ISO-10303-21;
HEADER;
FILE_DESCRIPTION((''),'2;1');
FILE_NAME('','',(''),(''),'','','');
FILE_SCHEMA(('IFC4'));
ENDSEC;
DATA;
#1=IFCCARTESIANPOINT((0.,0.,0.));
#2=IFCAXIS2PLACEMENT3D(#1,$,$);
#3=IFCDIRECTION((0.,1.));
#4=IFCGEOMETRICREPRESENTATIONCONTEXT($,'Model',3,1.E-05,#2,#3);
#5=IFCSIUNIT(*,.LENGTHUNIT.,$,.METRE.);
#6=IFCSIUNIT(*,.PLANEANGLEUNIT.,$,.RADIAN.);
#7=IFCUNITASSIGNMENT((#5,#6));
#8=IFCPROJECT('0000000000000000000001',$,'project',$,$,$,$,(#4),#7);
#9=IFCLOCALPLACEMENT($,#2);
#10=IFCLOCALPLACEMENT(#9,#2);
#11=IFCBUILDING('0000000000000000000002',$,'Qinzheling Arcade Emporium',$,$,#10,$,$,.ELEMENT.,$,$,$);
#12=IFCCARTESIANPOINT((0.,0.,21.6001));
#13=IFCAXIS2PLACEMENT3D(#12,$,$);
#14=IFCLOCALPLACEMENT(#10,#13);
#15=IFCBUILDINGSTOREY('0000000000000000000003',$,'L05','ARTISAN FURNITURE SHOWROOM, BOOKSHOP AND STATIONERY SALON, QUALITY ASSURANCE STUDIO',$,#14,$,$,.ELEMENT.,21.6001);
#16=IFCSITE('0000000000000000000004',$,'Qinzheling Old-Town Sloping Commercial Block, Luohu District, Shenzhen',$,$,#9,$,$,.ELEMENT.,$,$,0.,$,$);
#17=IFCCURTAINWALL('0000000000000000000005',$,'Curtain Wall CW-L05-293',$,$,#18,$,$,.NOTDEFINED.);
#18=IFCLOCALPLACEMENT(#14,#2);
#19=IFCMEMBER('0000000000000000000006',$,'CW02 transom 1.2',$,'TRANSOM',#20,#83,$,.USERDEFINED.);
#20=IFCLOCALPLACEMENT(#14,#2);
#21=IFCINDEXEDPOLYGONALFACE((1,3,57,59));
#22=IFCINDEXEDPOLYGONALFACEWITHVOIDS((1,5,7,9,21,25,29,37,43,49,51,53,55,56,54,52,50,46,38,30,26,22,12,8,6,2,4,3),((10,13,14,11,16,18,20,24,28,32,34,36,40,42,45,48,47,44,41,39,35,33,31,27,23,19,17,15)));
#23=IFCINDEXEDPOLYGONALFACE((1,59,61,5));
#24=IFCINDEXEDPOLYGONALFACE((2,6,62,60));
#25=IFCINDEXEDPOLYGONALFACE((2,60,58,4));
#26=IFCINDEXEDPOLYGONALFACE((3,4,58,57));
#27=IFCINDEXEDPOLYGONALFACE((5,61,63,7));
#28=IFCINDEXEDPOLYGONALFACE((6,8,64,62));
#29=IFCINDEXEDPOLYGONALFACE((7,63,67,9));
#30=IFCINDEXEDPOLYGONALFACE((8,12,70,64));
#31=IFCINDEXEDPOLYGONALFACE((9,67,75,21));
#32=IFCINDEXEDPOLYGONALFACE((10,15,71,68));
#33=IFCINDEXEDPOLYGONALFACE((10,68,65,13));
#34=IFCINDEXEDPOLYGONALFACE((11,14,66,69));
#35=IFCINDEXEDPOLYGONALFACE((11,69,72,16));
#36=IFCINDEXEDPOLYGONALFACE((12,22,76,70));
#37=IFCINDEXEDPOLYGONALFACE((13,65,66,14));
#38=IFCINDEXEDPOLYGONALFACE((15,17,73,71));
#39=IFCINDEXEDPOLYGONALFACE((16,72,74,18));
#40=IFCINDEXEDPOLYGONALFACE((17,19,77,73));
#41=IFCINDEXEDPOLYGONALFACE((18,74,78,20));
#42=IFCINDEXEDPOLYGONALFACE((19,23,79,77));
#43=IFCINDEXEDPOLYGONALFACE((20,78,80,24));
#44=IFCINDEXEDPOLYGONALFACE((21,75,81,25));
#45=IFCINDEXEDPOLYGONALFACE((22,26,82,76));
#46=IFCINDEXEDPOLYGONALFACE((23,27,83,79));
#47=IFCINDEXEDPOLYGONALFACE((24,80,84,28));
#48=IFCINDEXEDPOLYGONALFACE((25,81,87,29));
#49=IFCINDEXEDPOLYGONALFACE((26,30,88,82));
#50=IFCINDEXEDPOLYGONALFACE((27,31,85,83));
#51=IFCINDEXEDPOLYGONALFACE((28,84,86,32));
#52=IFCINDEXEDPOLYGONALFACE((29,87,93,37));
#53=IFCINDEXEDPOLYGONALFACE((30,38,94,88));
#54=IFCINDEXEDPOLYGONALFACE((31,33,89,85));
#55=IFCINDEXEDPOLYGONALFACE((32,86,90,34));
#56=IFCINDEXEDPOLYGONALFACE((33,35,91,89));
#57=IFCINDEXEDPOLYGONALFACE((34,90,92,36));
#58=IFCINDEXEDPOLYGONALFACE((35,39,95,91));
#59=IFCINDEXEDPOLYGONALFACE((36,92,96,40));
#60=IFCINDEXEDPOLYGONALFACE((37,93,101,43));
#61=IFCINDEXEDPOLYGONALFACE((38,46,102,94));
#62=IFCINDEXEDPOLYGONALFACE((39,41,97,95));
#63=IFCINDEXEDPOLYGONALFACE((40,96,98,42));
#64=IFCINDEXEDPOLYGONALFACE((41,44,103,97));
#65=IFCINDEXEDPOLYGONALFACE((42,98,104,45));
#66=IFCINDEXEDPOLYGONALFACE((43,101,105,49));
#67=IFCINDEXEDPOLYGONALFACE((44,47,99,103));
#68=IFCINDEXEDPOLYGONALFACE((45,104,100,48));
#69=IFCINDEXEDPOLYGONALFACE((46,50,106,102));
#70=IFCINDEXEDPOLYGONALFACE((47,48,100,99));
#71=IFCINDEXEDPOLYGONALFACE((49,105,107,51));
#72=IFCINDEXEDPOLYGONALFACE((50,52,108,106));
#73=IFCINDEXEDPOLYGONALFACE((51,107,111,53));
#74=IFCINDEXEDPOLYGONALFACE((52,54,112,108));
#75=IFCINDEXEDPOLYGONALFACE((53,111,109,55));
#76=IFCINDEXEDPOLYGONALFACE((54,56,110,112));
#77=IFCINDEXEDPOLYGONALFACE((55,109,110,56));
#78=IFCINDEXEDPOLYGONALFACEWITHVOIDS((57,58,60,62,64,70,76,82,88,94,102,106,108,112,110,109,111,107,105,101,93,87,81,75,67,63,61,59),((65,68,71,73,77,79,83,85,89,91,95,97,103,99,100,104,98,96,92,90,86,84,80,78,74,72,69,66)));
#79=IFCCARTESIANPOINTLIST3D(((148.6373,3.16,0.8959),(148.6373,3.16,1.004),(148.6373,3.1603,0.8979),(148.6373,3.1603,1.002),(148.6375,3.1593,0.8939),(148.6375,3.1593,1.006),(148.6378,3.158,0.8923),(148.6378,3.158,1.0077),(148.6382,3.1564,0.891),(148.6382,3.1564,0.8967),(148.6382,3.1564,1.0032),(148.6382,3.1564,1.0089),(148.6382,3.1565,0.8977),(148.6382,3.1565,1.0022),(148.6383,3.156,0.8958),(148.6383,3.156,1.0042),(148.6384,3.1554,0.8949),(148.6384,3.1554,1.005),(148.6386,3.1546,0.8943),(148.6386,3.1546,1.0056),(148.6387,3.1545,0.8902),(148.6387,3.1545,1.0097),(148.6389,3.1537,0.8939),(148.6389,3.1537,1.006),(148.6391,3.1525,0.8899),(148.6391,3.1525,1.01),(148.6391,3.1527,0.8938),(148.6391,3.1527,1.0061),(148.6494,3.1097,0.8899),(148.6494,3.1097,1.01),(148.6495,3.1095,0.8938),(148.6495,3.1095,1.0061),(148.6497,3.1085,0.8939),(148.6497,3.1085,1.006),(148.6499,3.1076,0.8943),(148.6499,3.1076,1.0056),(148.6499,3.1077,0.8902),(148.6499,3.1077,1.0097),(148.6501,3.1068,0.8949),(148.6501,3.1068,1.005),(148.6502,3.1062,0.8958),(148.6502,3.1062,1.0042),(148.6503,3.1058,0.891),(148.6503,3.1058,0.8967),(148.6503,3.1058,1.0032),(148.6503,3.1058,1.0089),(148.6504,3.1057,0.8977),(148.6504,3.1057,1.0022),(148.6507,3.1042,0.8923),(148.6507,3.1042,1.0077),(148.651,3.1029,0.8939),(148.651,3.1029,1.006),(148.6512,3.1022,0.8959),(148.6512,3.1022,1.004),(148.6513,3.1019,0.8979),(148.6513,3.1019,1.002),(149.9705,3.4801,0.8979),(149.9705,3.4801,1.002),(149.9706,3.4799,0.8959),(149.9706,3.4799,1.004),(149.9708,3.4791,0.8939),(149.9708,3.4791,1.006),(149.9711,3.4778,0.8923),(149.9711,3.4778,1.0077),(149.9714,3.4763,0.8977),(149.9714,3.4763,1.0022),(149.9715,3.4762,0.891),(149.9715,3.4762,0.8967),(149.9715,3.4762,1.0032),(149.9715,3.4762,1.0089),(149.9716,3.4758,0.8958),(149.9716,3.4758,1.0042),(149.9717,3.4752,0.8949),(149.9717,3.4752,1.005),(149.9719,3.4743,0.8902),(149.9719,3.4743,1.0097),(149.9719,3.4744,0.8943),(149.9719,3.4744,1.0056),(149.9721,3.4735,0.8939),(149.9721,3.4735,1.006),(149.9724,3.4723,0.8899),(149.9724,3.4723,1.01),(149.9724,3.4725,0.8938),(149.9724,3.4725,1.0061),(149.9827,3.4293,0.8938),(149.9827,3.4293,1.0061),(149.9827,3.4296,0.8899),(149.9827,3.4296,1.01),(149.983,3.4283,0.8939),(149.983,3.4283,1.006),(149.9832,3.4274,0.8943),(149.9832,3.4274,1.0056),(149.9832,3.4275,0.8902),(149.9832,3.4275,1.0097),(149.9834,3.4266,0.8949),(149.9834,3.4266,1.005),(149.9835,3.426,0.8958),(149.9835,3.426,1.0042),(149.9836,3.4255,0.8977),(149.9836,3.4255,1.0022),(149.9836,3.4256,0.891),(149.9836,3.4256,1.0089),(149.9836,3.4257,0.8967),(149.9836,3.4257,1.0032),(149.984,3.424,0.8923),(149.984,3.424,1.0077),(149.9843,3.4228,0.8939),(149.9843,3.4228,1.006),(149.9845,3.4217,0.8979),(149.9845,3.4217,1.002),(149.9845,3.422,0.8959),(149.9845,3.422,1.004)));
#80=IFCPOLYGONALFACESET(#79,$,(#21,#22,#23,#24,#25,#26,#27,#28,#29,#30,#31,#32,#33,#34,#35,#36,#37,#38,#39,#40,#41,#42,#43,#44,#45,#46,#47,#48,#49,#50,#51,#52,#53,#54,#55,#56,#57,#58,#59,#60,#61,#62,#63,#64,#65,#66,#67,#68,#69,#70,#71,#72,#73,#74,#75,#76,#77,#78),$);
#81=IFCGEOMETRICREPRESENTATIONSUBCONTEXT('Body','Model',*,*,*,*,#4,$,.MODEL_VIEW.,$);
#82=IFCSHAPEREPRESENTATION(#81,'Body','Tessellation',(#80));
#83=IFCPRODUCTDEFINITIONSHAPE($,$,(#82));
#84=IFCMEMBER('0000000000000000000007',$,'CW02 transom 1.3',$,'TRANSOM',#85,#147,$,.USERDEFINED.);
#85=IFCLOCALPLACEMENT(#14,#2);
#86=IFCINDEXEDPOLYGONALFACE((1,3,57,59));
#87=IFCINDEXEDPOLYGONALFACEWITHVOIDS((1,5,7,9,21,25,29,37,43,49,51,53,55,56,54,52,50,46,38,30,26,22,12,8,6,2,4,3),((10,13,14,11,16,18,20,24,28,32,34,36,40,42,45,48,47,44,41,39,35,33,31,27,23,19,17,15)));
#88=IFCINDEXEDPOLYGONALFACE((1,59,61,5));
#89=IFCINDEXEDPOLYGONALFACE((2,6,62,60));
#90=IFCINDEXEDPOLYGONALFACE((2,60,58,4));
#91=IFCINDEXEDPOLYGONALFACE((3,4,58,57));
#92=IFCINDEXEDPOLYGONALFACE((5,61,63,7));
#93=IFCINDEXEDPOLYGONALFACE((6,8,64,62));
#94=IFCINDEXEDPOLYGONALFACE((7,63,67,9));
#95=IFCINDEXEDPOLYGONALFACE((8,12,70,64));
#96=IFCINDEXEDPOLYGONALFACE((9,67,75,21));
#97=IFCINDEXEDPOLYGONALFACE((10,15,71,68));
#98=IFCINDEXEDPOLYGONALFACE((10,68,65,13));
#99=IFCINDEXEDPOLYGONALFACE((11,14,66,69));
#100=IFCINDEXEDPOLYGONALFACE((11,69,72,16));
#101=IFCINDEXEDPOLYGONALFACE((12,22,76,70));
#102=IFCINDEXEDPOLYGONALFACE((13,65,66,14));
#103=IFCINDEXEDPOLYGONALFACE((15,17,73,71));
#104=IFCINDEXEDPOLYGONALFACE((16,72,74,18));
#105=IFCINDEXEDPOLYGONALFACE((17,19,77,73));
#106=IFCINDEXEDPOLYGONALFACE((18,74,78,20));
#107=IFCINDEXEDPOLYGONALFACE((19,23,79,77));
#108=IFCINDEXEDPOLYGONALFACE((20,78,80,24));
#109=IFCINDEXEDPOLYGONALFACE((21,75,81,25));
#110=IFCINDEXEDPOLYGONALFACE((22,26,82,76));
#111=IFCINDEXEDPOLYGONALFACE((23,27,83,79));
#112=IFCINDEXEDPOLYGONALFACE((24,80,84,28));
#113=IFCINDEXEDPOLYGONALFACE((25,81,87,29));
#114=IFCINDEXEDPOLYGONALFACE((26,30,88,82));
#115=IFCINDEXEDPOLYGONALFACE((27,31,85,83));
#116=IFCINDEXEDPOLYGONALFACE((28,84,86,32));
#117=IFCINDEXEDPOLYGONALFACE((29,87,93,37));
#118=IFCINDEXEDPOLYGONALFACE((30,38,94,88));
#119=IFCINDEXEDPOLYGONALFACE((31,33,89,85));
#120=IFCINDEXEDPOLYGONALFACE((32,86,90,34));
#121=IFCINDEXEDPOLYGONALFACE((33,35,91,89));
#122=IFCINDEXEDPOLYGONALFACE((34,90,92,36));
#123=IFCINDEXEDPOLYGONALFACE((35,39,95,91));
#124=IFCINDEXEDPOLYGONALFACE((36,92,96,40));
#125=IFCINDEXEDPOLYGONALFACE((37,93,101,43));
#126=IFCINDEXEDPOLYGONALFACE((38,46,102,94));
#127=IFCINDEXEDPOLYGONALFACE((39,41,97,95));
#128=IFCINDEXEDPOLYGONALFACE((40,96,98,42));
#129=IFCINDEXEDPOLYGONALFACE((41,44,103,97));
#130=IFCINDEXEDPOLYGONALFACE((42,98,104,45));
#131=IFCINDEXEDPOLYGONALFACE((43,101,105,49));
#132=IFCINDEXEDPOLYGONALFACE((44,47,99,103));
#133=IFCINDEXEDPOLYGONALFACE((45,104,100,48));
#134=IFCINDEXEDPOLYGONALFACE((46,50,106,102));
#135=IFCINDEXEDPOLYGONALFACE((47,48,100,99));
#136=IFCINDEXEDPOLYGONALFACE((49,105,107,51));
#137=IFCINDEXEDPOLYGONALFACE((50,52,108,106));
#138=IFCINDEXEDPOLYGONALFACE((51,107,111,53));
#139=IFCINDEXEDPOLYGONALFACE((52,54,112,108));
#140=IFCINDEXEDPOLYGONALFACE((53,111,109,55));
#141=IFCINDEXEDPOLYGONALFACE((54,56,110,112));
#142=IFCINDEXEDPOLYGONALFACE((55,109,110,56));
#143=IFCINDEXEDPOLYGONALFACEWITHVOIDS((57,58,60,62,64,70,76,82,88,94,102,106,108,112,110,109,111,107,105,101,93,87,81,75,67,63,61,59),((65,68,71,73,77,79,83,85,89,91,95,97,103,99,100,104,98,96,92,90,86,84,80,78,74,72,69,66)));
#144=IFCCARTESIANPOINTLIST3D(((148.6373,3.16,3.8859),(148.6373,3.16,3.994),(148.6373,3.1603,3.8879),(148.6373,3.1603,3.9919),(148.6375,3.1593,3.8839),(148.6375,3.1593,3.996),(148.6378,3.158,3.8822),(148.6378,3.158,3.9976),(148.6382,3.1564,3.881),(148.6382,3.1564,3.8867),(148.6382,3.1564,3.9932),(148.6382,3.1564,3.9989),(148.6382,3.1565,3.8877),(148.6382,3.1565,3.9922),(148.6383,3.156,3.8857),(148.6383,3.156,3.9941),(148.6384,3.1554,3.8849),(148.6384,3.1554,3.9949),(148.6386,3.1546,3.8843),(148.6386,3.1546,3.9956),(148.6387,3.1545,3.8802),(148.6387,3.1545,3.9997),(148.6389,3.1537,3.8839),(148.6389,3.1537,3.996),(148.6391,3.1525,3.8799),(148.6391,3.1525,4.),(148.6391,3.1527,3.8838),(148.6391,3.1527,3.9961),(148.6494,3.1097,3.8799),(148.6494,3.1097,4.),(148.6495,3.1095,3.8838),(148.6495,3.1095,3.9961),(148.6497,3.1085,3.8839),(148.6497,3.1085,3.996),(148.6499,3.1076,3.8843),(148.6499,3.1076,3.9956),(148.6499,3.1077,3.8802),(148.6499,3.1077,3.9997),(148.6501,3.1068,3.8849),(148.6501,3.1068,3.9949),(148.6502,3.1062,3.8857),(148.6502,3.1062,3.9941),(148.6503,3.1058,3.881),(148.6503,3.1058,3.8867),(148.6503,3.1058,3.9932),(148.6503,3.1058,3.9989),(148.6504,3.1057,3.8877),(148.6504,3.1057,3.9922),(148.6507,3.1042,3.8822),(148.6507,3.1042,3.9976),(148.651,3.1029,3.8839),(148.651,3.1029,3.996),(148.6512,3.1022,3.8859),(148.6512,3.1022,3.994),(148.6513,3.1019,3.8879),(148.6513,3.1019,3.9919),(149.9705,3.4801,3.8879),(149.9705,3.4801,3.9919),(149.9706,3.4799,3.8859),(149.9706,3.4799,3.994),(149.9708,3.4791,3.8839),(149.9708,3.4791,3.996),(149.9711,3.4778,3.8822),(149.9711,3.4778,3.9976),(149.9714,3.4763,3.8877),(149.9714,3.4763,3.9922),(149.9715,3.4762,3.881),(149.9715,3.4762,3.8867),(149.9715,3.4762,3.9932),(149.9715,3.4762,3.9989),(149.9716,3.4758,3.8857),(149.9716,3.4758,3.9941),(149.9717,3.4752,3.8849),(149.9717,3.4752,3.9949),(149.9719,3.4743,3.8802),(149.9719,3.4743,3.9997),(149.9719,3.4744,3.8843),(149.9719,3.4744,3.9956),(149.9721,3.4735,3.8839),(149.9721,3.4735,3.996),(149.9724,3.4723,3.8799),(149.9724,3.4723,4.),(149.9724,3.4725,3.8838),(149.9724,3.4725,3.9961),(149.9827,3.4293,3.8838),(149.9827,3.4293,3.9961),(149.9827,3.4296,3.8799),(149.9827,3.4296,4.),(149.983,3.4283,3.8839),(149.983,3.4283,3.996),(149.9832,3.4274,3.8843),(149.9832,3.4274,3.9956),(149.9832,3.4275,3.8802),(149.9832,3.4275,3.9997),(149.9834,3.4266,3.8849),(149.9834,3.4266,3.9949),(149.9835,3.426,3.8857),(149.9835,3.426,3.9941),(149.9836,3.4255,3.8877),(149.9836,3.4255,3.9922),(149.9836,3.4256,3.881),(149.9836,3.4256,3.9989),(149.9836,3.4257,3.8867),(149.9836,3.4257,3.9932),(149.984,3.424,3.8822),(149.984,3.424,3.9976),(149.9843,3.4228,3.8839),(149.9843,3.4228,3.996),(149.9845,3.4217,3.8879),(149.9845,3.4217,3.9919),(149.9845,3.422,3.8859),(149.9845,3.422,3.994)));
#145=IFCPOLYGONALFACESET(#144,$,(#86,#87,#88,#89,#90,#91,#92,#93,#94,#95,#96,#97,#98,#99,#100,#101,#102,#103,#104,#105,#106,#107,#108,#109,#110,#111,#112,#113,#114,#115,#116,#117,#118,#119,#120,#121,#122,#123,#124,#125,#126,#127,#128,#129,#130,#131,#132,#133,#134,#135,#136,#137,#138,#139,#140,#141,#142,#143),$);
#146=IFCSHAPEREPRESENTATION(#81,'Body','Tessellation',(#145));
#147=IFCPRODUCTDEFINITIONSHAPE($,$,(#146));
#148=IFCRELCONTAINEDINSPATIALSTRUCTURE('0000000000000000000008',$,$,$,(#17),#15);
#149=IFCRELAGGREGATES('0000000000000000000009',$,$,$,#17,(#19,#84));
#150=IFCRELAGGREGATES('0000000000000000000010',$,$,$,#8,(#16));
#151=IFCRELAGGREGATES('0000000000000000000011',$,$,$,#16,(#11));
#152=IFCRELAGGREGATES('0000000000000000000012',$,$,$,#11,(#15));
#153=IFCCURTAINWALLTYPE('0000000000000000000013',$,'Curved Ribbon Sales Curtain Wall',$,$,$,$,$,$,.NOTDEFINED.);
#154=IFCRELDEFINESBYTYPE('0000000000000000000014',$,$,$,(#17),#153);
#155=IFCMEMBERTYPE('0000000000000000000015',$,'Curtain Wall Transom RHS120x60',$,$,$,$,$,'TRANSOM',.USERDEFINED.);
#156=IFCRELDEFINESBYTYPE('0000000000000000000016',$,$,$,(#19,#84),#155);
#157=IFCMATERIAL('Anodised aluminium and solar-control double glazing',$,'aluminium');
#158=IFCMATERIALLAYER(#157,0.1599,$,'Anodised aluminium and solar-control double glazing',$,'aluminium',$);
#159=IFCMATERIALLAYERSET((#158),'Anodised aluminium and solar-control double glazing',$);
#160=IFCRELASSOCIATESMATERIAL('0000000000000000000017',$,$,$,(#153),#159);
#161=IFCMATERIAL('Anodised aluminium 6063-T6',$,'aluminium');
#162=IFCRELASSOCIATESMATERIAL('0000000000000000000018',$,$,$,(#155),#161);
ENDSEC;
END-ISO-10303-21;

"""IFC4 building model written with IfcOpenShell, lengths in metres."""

from ifc_helpers import new_model, si_unit, direction, frame, origin, origin_2d, place, context, subcontext, project, spatial, hollow_rectangle, extrude, material, layer, layer_set, material_profile, profile_set, type_object, element, aggregate, save


model = new_model("IFC4")

# Units and contexts
model_context = context("Model", 3, precision=1e-05, world=origin(), true_north=direction((0.0, 1.0)))
body_context = subcontext(model_context, "Body", "Model", "MODEL_VIEW")
ifc_project = project(units=[si_unit("LENGTHUNIT", "METRE"), si_unit("PLANEANGLEUNIT", "RADIAN")], contexts=[model_context])

# Site, building, storey
site_placement = place(None, origin())
site = spatial("IfcSite", under=ifc_project, at=site_placement, Name="Qinzheling Old-Town Sloping Commercial Block, Luohu District, Shenzhen", CompositionType="ELEMENT", RefElevation=0.0)
building_placement = place(site_placement, origin())
building = spatial("IfcBuilding", under=site, at=building_placement, Name="Qinzheling Arcade Emporium", CompositionType="ELEMENT")
storey_placement = place(building_placement, frame((0.0, 0.0, 21.6001)))
storey = spatial("IfcBuildingStorey", under=building, at=storey_placement, Name="L05", Description="ARTISAN FURNITURE SHOWROOM, BOOKSHOP AND STATIONERY SALON, QUALITY ASSURANCE STUDIO", CompositionType="ELEMENT", Elevation=21.6001)

# Shared definitions
ifc_material_1 = material(Name="Anodised aluminium and solar-control double glazing", Category="aluminium")
ifc_layer_1 = layer(ifc_material_1, 0.1599, Name="Anodised aluminium and solar-control double glazing", Category="aluminium")
ifc_layer_set_1 = layer_set([ifc_layer_1], Name="Anodised aluminium and solar-control double glazing")
curtain_wall_type = type_object("IfcCurtainWallType", Name="Curved Ribbon Sales Curtain Wall", PredefinedType="NOTDEFINED", material=ifc_layer_set_1)
ifc_material_2 = material(Name="Anodised aluminium 6063-T6", Category="aluminium")

# Curtain wall
curtain_wall_1_placement = place(storey_placement, origin())
curtain_wall_1 = element("IfcCurtainWall", 1, at=curtain_wall_1_placement, inside=storey, type_object=curtain_wall_type, Name="Curtain Wall CW-L05-293", PredefinedType="NOTDEFINED")

# Members
ifc_material_profile_1 = material_profile(ifc_material_2, hollow_rectangle(XDim=0.0601, YDim=0.1201, WallThickness=0.0039, InnerFilletRadius=0.0039, OuterFilletRadius=0.0081, at=origin_2d()), Name="RHS 120x60x4", Category="aluminium")
ifc_profile_set_1 = profile_set([ifc_material_profile_1], Name="Anodised aluminium 6063-T6")
member_type_1 = type_object("IfcMemberType", Name="Curtain Wall Transom RHS120x60", ElementType="TRANSOM", PredefinedType="USERDEFINED", material=ifc_profile_set_1)
member_1_placement = place(storey_placement, frame((149.9775, 3.4509, 0.95), z_axis=(-0.972413, -0.233265, 0.0), x_axis=(0.233265, -0.972413, 0.0)))
member_1 = element("IfcMember", 2, at=member_1_placement, type_object=member_type_1, Name="CW02 transom 1.2", ObjectType="TRANSOM", PredefinedType="USERDEFINED", context=body_context, shape_type="SweptSolid", body=[
    extrude(hollow_rectangle(XDim=0.0601, YDim=0.1201, WallThickness=0.0039, InnerFilletRadius=0.0039, OuterFilletRadius=0.0081, at=origin_2d()), origin(), (0.0, 0.0, 1.0), 1.3711),
])
member_2_placement = place(storey_placement, frame((149.9775, 3.4509, 3.9399), z_axis=(-0.972413, -0.233265, 0.0), x_axis=(0.233265, -0.972413, 0.0)))
member_2 = element("IfcMember", 3, at=member_2_placement, type_object=member_type_1, Name="CW02 transom 1.3", ObjectType="TRANSOM", PredefinedType="USERDEFINED", context=body_context, shape_type="SweptSolid", body=[
    extrude(hollow_rectangle(XDim=0.0601, YDim=0.1201, WallThickness=0.0039, InnerFilletRadius=0.0039, OuterFilletRadius=0.0081, at=origin_2d()), origin(), (0.0, 0.0, 1.0), 1.3711),
])

aggregate(curtain_wall_1, [member_1, member_2])

save(model, "model.ifc")
